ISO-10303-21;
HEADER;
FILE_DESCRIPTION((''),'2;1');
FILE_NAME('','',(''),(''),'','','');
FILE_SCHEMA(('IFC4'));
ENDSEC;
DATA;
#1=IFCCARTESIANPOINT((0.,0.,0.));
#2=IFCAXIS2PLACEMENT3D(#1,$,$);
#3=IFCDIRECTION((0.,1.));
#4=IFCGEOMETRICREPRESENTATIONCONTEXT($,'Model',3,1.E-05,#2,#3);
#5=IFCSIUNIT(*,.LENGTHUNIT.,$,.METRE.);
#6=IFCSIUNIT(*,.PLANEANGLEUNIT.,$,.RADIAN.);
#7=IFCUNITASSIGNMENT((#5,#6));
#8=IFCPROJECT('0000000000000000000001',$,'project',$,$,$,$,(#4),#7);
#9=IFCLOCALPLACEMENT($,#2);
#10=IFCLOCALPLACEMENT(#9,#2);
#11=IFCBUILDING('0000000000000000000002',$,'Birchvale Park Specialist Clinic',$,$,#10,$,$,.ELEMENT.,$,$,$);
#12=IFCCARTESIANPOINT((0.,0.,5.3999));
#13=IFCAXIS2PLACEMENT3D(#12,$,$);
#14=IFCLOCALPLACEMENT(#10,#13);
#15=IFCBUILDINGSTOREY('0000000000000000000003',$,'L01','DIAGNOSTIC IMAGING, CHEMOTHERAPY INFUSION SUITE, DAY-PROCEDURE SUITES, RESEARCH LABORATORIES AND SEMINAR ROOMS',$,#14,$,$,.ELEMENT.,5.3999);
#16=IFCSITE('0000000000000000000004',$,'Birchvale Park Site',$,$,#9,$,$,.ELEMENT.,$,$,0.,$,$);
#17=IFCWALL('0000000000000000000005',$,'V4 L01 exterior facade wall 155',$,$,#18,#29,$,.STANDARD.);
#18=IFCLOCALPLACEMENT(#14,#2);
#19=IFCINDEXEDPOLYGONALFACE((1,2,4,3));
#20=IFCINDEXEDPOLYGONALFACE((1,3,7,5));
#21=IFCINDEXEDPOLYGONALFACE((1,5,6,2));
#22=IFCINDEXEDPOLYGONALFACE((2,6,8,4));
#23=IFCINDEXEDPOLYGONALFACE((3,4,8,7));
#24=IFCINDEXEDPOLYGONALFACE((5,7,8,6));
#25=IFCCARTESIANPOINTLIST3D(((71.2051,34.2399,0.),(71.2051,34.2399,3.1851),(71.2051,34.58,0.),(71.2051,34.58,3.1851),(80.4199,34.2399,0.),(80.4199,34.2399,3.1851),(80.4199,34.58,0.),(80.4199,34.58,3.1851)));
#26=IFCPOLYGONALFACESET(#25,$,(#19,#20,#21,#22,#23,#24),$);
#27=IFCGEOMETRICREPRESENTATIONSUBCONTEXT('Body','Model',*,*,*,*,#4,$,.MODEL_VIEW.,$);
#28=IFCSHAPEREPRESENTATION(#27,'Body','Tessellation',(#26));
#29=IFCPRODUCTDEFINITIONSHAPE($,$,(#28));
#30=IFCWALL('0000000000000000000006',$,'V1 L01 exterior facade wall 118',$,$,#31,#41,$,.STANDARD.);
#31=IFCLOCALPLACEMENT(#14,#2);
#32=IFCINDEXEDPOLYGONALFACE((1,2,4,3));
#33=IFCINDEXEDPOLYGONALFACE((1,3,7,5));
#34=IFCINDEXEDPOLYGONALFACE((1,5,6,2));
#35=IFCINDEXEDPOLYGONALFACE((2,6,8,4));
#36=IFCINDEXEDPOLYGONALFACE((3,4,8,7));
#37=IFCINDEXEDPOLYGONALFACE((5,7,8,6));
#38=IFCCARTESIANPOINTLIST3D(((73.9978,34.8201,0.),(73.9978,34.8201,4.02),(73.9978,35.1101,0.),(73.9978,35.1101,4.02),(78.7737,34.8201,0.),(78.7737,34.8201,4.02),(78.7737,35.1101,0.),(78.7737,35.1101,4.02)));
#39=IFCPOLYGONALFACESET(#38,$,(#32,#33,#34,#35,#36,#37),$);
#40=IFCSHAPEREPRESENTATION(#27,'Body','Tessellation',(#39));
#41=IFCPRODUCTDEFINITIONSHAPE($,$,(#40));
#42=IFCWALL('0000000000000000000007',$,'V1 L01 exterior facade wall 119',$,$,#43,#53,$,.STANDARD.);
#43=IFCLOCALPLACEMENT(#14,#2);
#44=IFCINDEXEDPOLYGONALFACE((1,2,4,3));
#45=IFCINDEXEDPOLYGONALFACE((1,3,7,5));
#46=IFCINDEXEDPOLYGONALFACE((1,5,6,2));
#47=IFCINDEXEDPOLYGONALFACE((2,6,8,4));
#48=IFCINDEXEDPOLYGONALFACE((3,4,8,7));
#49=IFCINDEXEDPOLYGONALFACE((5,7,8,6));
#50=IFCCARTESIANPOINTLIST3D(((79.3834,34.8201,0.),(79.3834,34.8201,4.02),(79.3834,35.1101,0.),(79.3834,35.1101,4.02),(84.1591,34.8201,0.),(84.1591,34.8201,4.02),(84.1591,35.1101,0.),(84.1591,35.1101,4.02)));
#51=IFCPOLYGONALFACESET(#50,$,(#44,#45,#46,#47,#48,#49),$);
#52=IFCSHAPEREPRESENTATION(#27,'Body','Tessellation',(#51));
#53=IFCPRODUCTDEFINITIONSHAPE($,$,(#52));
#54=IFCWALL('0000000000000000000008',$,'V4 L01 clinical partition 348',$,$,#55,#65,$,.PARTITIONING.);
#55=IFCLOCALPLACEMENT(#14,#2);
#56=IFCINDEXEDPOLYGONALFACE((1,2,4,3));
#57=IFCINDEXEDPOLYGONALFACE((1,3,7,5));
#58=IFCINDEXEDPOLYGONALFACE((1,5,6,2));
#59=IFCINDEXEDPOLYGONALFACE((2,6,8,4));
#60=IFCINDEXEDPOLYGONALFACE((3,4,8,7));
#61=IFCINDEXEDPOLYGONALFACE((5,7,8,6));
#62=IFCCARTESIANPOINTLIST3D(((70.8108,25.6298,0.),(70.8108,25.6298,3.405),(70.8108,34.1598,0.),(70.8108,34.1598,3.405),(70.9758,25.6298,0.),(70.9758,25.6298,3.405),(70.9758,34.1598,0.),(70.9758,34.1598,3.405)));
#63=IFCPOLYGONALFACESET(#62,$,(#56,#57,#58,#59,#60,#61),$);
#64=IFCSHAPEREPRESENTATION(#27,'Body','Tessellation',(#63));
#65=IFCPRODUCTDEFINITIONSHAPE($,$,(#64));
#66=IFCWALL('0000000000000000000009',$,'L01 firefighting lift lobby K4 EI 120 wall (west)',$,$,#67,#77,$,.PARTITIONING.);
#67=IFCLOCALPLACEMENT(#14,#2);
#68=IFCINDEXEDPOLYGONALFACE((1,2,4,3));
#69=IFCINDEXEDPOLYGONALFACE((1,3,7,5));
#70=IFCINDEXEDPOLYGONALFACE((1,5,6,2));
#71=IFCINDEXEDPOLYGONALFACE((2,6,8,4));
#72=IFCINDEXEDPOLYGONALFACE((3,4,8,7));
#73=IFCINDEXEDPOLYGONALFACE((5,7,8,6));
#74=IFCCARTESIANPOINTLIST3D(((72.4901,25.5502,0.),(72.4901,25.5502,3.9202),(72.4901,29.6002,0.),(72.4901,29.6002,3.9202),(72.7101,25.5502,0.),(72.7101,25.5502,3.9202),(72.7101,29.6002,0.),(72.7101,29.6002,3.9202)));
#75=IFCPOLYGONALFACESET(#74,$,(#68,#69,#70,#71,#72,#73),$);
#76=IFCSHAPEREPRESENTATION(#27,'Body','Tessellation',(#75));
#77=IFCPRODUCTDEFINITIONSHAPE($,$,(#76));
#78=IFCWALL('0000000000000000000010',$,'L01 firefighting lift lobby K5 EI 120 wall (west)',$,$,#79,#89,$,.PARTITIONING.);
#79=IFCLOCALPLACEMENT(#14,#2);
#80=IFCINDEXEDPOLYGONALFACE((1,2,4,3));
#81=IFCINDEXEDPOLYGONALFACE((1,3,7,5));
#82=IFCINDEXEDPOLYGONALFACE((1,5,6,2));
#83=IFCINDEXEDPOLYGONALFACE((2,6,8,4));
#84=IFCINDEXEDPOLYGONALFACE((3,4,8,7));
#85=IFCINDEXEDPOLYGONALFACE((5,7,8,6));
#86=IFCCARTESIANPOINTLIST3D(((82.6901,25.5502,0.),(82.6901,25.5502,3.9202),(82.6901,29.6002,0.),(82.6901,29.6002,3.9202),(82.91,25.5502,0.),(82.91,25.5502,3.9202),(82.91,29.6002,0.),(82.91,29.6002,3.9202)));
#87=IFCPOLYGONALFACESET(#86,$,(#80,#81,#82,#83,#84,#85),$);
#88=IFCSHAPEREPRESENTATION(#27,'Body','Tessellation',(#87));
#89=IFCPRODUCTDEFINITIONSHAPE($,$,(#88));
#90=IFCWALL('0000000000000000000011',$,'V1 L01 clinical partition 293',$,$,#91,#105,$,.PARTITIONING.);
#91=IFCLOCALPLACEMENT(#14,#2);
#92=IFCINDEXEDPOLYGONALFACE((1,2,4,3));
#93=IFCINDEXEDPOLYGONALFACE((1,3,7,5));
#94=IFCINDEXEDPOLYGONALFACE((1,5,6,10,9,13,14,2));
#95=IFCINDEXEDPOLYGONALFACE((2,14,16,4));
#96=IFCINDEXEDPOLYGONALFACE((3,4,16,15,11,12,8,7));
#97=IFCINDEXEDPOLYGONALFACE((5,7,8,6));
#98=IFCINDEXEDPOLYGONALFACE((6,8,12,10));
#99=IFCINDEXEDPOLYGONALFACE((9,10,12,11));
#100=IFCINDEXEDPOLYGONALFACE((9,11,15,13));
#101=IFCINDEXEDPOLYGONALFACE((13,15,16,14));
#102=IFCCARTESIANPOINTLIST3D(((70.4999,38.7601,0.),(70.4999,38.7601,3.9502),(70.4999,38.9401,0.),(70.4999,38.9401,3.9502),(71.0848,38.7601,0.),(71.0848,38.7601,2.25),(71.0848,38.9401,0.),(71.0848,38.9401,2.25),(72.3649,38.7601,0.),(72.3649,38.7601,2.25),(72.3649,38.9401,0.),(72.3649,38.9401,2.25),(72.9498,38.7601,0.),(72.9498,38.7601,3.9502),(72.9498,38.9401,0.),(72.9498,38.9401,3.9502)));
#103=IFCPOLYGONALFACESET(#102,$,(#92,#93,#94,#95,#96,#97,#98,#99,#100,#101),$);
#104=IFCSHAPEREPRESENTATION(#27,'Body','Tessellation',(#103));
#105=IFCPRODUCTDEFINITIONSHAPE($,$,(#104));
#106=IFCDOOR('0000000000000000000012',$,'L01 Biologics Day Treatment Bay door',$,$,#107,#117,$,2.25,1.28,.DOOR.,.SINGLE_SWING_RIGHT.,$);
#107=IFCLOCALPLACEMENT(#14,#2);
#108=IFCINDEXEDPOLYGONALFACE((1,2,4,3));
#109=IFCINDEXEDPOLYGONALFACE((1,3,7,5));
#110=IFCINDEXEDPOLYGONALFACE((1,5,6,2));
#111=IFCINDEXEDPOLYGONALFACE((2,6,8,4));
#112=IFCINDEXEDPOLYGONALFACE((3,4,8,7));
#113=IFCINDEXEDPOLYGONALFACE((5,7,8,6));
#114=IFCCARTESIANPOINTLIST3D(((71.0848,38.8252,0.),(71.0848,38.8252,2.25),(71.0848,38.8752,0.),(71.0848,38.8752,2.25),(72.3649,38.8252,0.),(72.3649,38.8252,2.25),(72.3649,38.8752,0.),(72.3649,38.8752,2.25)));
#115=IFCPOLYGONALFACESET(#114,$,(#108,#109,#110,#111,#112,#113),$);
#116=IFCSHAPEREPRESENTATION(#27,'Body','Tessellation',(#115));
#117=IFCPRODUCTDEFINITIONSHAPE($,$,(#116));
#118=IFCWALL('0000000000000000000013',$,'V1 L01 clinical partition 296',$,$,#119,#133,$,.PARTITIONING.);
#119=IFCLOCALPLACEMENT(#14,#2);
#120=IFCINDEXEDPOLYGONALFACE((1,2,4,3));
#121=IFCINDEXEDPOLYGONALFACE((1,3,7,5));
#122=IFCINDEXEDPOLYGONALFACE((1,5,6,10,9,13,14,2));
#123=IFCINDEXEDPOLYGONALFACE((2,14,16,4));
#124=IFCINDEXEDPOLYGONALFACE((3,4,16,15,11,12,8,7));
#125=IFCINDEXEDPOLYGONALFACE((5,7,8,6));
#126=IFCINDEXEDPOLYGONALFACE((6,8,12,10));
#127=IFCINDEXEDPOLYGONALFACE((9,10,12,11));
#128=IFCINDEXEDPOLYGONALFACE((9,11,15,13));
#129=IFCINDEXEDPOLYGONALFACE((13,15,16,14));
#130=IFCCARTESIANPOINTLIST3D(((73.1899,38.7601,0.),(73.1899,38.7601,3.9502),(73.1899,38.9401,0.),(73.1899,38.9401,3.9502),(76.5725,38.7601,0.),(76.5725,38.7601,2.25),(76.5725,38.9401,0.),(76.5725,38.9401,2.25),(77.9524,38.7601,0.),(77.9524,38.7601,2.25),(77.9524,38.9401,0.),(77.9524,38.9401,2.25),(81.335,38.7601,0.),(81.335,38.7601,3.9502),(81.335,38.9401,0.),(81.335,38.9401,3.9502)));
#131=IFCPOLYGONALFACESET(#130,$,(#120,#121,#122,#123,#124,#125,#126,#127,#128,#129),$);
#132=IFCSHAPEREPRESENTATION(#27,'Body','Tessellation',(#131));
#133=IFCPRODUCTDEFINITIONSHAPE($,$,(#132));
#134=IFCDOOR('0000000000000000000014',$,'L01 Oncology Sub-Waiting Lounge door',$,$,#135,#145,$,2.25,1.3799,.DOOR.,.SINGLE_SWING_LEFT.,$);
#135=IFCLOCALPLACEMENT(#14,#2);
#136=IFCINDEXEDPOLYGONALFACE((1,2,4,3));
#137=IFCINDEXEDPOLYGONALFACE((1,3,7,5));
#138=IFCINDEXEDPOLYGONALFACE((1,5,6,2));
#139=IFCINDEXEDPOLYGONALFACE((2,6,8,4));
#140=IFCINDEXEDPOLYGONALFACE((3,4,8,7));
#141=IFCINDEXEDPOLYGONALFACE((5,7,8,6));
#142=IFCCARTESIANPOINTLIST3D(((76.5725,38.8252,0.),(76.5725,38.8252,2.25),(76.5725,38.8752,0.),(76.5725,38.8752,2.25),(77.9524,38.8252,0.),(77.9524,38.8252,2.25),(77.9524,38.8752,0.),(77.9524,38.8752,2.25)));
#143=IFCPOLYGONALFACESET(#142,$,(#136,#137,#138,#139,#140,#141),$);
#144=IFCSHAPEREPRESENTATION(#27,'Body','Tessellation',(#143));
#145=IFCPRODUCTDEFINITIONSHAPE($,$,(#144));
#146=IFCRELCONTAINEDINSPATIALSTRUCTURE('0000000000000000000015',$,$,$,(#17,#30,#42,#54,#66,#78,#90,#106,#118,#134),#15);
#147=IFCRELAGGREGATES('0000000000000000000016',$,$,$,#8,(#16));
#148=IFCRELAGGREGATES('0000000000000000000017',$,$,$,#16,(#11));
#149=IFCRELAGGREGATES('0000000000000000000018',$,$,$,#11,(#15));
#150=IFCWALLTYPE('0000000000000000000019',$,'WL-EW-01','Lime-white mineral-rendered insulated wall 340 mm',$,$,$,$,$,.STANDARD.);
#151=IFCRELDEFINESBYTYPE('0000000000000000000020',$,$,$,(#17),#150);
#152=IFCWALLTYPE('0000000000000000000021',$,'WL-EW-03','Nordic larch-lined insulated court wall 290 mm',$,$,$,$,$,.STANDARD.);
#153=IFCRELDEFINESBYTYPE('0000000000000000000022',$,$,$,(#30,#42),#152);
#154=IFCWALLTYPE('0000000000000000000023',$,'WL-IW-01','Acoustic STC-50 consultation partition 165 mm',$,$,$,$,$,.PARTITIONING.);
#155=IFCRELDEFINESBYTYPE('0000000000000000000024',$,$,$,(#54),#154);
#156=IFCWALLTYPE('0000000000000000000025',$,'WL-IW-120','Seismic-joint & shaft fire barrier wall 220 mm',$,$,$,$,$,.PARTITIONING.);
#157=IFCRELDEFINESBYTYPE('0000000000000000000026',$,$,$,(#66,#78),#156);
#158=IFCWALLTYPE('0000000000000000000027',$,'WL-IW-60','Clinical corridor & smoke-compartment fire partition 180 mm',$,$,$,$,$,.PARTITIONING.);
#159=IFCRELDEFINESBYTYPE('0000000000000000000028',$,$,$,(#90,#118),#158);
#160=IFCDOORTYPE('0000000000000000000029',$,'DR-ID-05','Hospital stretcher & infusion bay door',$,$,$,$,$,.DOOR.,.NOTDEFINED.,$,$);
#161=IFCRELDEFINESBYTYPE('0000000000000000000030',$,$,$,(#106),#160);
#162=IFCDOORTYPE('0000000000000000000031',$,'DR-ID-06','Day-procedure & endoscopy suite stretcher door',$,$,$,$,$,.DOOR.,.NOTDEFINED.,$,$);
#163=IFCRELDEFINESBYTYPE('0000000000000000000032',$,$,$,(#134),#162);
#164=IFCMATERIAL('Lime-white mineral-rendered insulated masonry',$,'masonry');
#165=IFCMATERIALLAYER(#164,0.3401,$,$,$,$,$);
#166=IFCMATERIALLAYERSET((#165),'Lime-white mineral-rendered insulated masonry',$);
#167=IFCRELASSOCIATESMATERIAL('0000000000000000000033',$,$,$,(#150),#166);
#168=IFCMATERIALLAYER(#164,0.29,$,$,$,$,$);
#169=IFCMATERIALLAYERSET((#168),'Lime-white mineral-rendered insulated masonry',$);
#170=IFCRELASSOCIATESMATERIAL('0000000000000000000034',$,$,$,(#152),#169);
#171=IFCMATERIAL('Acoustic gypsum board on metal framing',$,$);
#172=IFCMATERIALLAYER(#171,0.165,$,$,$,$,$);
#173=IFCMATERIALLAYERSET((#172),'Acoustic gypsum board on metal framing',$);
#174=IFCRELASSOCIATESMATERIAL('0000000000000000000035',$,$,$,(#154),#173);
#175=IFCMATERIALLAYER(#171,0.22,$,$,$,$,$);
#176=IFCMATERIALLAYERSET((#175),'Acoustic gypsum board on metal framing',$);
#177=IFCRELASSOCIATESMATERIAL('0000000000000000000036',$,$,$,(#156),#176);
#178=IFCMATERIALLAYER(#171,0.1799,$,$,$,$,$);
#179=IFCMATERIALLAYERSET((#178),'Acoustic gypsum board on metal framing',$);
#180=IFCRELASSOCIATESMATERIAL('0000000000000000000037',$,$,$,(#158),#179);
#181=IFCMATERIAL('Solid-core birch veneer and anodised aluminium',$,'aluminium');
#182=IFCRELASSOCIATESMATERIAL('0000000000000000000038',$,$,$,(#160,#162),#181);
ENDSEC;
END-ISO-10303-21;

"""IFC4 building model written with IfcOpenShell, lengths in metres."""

from ifc_helpers import new_model, si_unit, direction, frame, frame_2d, origin, place, context, subcontext, project, spatial, rectangle, extrude, material, layer, layer_set, type_object, element, fill, save


model = new_model("IFC4")

# Units and contexts
model_context = context("Model", 3, precision=1e-05, world=origin(), true_north=direction((0.0, 1.0)))
body_context = subcontext(model_context, "Body", "Model", "MODEL_VIEW")
ifc_project = project(units=[si_unit("LENGTHUNIT", "METRE"), si_unit("PLANEANGLEUNIT", "RADIAN")], contexts=[model_context])

# Site, building, storey
site_placement = place(None, origin())
site = spatial("IfcSite", under=ifc_project, at=site_placement, Name="Birchvale Park Site", CompositionType="ELEMENT", RefElevation=0.0)
building_placement = place(site_placement, origin())
building = spatial("IfcBuilding", under=site, at=building_placement, Name="Birchvale Park Specialist Clinic", CompositionType="ELEMENT")
storey_placement = place(building_placement, frame((0.0, 0.0, 5.3999)))
storey = spatial("IfcBuildingStorey", under=building, at=storey_placement, Name="L01", Description="DIAGNOSTIC IMAGING, CHEMOTHERAPY INFUSION SUITE, DAY-PROCEDURE SUITES, RESEARCH LABORATORIES AND SEMINAR ROOMS", CompositionType="ELEMENT", Elevation=5.3999)

# Shared definitions
ifc_material_1 = material(Name="Solid-core birch veneer and anodised aluminium", Category="aluminium")

# Walls
ifc_material_2 = material(Name="Lime-white mineral-rendered insulated masonry", Category="masonry")
ifc_layer_1 = layer(ifc_material_2, 0.3401)
ifc_layer_set_1 = layer_set([ifc_layer_1], Name="Lime-white mineral-rendered insulated masonry")
wall_type_1 = type_object("IfcWallType", Name="WL-EW-01", Description="Lime-white mineral-rendered insulated wall 340 mm", PredefinedType="STANDARD", material=ifc_layer_set_1)
wall_1_placement = place(storey_placement, frame((80.4199, 34.4099, 0.0), z_axis=(0.0, 0.0, 1.0), x_axis=(-1.0, 0.0, 0.0)))
element("IfcWall", 1, at=wall_1_placement, inside=storey, type_object=wall_type_1, Name="V4 L01 exterior facade wall 155", PredefinedType="STANDARD", context=body_context, shape_type="SweptSolid", body=[
    extrude(rectangle(XDim=9.2148, YDim=0.3401, at=frame_2d((4.6074, 0.0))), origin(), (0.0, 0.0, 1.0), 3.1851),
])
ifc_layer_2 = layer(ifc_material_2, 0.29)
ifc_layer_set_2 = layer_set([ifc_layer_2], Name="Lime-white mineral-rendered insulated masonry")
wall_type_2 = type_object("IfcWallType", Name="WL-EW-03", Description="Nordic larch-lined insulated court wall 290 mm", PredefinedType="STANDARD", material=ifc_layer_set_2)
wall_2_placement = place(storey_placement, frame((73.9978, 34.9651, 0.0), z_axis=(0.0, 0.0, 1.0), x_axis=(1.0, 0.0, 0.0)))
element("IfcWall", 2, at=wall_2_placement, inside=storey, type_object=wall_type_2, Name="V1 L01 exterior facade wall 118", PredefinedType="STANDARD", context=body_context, shape_type="SweptSolid", body=[
    extrude(rectangle(XDim=4.7759, YDim=0.29, at=frame_2d((2.3879, 0.0))), origin(), (0.0, 0.0, 1.0), 4.02),
])
wall_3_placement = place(storey_placement, frame((79.3835, 34.9651, 0.0), z_axis=(0.0, 0.0, 1.0), x_axis=(1.0, 0.0, 0.0)))
element("IfcWall", 3, at=wall_3_placement, inside=storey, type_object=wall_type_2, Name="V1 L01 exterior facade wall 119", PredefinedType="STANDARD", context=body_context, shape_type="SweptSolid", body=[
    extrude(rectangle(XDim=4.7756, YDim=0.29, at=frame_2d((2.3877, 0.0))), origin(), (0.0, 0.0, 1.0), 4.02),
])
ifc_material_3 = material(Name="Acoustic gypsum board on metal framing")
ifc_layer_3 = layer(ifc_material_3, 0.165)
ifc_layer_set_3 = layer_set([ifc_layer_3], Name="Acoustic gypsum board on metal framing")
wall_type_3 = type_object("IfcWallType", Name="WL-IW-01", Description="Acoustic STC-50 consultation partition 165 mm", PredefinedType="PARTITIONING", material=ifc_layer_set_3)
wall_4_placement = place(storey_placement, frame((70.8933, 34.1599, 0.0), z_axis=(0.0, 0.0, 1.0), x_axis=(0.0, -1.0, 0.0)))
element("IfcWall", 4, at=wall_4_placement, inside=storey, type_object=wall_type_3, Name="V4 L01 clinical partition 348", PredefinedType="PARTITIONING", context=body_context, shape_type="SweptSolid", body=[
    extrude(rectangle(XDim=8.53, YDim=0.165, at=frame_2d((4.2651, 0.0))), origin(), (0.0, 0.0, 1.0), 3.405),
])
ifc_layer_4 = layer(ifc_material_3, 0.22)
ifc_layer_set_4 = layer_set([ifc_layer_4], Name="Acoustic gypsum board on metal framing")
wall_type_4 = type_object("IfcWallType", Name="WL-IW-120", Description="Seismic-joint & shaft fire barrier wall 220 mm", PredefinedType="PARTITIONING", material=ifc_layer_set_4)
for number, where, z_axis, x_axis, name in (
    (5, (72.6001, 29.6001, 0.0), (0.0, 0.0, 1.0), (0.0, -1.0, 0.0), "L01 firefighting lift lobby K4 EI 120 wall (west)"),
    (6, (82.8, 29.6001, 0.0), (0.0, 0.0, 1.0), (0.0, -1.0, 0.0), "L01 firefighting lift lobby K5 EI 120 wall (west)"),
):
    element("IfcWall", number, at=place(storey_placement, frame(where, z_axis=z_axis, x_axis=x_axis)), inside=storey, type_object=wall_type_4, Name=name, PredefinedType="PARTITIONING", context=body_context, shape_type="SweptSolid", body=[
        extrude(rectangle(XDim=4.05, YDim=0.22, at=frame_2d((2.0249, 0.0))), origin(), (0.0, 0.0, 1.0), 3.9202),
    ])

# Walls, openings, doors
ifc_layer_5 = layer(ifc_material_3, 0.1799)
ifc_layer_set_5 = layer_set([ifc_layer_5], Name="Acoustic gypsum board on metal framing")
wall_type_5 = type_object("IfcWallType", Name="WL-IW-60", Description="Clinical corridor & smoke-compartment fire partition 180 mm", PredefinedType="PARTITIONING", material=ifc_layer_set_5)
wall_5_placement = place(storey_placement, frame((72.95, 38.8501, 0.0), z_axis=(0.0, 0.0, 1.0), x_axis=(-1.0, 0.0, 0.0)))
wall_5 = element("IfcWall", 7, at=wall_5_placement, inside=storey, type_object=wall_type_5, Name="V1 L01 clinical partition 293", PredefinedType="PARTITIONING", context=body_context, shape_type="SweptSolid", body=[
    extrude(rectangle(XDim=2.45, YDim=0.1799, at=frame_2d((1.2251, 0.0))), origin(), (0.0, 0.0, 1.0), 3.9502),
])
opening_1_placement = place(wall_5_placement, frame((0.585, 0.0, 0.0)))
opening_1 = element("IfcOpeningElement", 8, at=opening_1_placement, cuts=wall_5, PredefinedType="OPENING", context=body_context, shape_type="SweptSolid", body=[
    extrude(rectangle(XDim=1.28, YDim=2.25, at=frame_2d((0.6401, 1.125))), frame((0.0, 0.1001, 0.0), z_axis=(0.0, -1.0, 0.0), x_axis=(1.0, 0.0, 0.0)), (0.0, 0.0, 1.0), 0.2),
])
door_type_1 = type_object("IfcDoorType", Name="DR-ID-05", Description="Hospital stretcher & infusion bay door", OperationType="NOTDEFINED", PredefinedType="DOOR", material=ifc_material_1)
door_1_placement = place(opening_1_placement, origin())
door_1 = element("IfcDoor", 9, at=door_1_placement, inside=storey, type_object=door_type_1, Name="L01 Biologics Day Treatment Bay door", OperationType="SINGLE_SWING_RIGHT", OverallHeight=2.25, OverallWidth=1.28, PredefinedType="DOOR", context=body_context, shape_type="SweptSolid", body=[
    extrude(rectangle(XDim=1.28, YDim=2.25, at=frame_2d((0.6401, 1.125))), frame((0.0, 0.0249, 0.0), z_axis=(0.0, -1.0, 0.0), x_axis=(1.0, 0.0, 0.0)), (0.0, 0.0, 1.0), 0.05),
])
fill(opening_1, door_1)
wall_6_placement = place(storey_placement, frame((81.335, 38.8501, 0.0), z_axis=(0.0, 0.0, 1.0), x_axis=(-1.0, 0.0, 0.0)))
wall_6 = element("IfcWall", 10, at=wall_6_placement, inside=storey, type_object=wall_type_5, Name="V1 L01 clinical partition 296", PredefinedType="PARTITIONING", context=body_context, shape_type="SweptSolid", body=[
    extrude(rectangle(XDim=8.145, YDim=0.1799, at=frame_2d((4.0725, 0.0))), origin(), (0.0, 0.0, 1.0), 3.9502),
])
opening_2_placement = place(wall_6_placement, frame((3.3826, 0.0, 0.0)))
opening_2 = element("IfcOpeningElement", 11, at=opening_2_placement, cuts=wall_6, PredefinedType="OPENING", context=body_context, shape_type="SweptSolid", body=[
    extrude(rectangle(XDim=1.3799, YDim=2.25, at=frame_2d((0.6899, 1.125))), frame((0.0, 0.1001, 0.0), z_axis=(0.0, -1.0, 0.0), x_axis=(1.0, 0.0, 0.0)), (0.0, 0.0, 1.0), 0.2),
])
door_type_2 = type_object("IfcDoorType", Name="DR-ID-06", Description="Day-procedure & endoscopy suite stretcher door", OperationType="NOTDEFINED", PredefinedType="DOOR", material=ifc_material_1)
door_2_placement = place(opening_2_placement, origin())
door_2 = element("IfcDoor", 12, at=door_2_placement, inside=storey, type_object=door_type_2, Name="L01 Oncology Sub-Waiting Lounge door", OperationType="SINGLE_SWING_LEFT", OverallHeight=2.25, OverallWidth=1.3799, PredefinedType="DOOR", context=body_context, shape_type="SweptSolid", body=[
    extrude(rectangle(XDim=1.3799, YDim=2.25, at=frame_2d((0.6899, 1.125))), frame((0.0, 0.0249, 0.0), z_axis=(0.0, -1.0, 0.0), x_axis=(1.0, 0.0, 0.0)), (0.0, 0.0, 1.0), 0.05),
])
fill(opening_2, door_2)

save(model, "model.ifc")
